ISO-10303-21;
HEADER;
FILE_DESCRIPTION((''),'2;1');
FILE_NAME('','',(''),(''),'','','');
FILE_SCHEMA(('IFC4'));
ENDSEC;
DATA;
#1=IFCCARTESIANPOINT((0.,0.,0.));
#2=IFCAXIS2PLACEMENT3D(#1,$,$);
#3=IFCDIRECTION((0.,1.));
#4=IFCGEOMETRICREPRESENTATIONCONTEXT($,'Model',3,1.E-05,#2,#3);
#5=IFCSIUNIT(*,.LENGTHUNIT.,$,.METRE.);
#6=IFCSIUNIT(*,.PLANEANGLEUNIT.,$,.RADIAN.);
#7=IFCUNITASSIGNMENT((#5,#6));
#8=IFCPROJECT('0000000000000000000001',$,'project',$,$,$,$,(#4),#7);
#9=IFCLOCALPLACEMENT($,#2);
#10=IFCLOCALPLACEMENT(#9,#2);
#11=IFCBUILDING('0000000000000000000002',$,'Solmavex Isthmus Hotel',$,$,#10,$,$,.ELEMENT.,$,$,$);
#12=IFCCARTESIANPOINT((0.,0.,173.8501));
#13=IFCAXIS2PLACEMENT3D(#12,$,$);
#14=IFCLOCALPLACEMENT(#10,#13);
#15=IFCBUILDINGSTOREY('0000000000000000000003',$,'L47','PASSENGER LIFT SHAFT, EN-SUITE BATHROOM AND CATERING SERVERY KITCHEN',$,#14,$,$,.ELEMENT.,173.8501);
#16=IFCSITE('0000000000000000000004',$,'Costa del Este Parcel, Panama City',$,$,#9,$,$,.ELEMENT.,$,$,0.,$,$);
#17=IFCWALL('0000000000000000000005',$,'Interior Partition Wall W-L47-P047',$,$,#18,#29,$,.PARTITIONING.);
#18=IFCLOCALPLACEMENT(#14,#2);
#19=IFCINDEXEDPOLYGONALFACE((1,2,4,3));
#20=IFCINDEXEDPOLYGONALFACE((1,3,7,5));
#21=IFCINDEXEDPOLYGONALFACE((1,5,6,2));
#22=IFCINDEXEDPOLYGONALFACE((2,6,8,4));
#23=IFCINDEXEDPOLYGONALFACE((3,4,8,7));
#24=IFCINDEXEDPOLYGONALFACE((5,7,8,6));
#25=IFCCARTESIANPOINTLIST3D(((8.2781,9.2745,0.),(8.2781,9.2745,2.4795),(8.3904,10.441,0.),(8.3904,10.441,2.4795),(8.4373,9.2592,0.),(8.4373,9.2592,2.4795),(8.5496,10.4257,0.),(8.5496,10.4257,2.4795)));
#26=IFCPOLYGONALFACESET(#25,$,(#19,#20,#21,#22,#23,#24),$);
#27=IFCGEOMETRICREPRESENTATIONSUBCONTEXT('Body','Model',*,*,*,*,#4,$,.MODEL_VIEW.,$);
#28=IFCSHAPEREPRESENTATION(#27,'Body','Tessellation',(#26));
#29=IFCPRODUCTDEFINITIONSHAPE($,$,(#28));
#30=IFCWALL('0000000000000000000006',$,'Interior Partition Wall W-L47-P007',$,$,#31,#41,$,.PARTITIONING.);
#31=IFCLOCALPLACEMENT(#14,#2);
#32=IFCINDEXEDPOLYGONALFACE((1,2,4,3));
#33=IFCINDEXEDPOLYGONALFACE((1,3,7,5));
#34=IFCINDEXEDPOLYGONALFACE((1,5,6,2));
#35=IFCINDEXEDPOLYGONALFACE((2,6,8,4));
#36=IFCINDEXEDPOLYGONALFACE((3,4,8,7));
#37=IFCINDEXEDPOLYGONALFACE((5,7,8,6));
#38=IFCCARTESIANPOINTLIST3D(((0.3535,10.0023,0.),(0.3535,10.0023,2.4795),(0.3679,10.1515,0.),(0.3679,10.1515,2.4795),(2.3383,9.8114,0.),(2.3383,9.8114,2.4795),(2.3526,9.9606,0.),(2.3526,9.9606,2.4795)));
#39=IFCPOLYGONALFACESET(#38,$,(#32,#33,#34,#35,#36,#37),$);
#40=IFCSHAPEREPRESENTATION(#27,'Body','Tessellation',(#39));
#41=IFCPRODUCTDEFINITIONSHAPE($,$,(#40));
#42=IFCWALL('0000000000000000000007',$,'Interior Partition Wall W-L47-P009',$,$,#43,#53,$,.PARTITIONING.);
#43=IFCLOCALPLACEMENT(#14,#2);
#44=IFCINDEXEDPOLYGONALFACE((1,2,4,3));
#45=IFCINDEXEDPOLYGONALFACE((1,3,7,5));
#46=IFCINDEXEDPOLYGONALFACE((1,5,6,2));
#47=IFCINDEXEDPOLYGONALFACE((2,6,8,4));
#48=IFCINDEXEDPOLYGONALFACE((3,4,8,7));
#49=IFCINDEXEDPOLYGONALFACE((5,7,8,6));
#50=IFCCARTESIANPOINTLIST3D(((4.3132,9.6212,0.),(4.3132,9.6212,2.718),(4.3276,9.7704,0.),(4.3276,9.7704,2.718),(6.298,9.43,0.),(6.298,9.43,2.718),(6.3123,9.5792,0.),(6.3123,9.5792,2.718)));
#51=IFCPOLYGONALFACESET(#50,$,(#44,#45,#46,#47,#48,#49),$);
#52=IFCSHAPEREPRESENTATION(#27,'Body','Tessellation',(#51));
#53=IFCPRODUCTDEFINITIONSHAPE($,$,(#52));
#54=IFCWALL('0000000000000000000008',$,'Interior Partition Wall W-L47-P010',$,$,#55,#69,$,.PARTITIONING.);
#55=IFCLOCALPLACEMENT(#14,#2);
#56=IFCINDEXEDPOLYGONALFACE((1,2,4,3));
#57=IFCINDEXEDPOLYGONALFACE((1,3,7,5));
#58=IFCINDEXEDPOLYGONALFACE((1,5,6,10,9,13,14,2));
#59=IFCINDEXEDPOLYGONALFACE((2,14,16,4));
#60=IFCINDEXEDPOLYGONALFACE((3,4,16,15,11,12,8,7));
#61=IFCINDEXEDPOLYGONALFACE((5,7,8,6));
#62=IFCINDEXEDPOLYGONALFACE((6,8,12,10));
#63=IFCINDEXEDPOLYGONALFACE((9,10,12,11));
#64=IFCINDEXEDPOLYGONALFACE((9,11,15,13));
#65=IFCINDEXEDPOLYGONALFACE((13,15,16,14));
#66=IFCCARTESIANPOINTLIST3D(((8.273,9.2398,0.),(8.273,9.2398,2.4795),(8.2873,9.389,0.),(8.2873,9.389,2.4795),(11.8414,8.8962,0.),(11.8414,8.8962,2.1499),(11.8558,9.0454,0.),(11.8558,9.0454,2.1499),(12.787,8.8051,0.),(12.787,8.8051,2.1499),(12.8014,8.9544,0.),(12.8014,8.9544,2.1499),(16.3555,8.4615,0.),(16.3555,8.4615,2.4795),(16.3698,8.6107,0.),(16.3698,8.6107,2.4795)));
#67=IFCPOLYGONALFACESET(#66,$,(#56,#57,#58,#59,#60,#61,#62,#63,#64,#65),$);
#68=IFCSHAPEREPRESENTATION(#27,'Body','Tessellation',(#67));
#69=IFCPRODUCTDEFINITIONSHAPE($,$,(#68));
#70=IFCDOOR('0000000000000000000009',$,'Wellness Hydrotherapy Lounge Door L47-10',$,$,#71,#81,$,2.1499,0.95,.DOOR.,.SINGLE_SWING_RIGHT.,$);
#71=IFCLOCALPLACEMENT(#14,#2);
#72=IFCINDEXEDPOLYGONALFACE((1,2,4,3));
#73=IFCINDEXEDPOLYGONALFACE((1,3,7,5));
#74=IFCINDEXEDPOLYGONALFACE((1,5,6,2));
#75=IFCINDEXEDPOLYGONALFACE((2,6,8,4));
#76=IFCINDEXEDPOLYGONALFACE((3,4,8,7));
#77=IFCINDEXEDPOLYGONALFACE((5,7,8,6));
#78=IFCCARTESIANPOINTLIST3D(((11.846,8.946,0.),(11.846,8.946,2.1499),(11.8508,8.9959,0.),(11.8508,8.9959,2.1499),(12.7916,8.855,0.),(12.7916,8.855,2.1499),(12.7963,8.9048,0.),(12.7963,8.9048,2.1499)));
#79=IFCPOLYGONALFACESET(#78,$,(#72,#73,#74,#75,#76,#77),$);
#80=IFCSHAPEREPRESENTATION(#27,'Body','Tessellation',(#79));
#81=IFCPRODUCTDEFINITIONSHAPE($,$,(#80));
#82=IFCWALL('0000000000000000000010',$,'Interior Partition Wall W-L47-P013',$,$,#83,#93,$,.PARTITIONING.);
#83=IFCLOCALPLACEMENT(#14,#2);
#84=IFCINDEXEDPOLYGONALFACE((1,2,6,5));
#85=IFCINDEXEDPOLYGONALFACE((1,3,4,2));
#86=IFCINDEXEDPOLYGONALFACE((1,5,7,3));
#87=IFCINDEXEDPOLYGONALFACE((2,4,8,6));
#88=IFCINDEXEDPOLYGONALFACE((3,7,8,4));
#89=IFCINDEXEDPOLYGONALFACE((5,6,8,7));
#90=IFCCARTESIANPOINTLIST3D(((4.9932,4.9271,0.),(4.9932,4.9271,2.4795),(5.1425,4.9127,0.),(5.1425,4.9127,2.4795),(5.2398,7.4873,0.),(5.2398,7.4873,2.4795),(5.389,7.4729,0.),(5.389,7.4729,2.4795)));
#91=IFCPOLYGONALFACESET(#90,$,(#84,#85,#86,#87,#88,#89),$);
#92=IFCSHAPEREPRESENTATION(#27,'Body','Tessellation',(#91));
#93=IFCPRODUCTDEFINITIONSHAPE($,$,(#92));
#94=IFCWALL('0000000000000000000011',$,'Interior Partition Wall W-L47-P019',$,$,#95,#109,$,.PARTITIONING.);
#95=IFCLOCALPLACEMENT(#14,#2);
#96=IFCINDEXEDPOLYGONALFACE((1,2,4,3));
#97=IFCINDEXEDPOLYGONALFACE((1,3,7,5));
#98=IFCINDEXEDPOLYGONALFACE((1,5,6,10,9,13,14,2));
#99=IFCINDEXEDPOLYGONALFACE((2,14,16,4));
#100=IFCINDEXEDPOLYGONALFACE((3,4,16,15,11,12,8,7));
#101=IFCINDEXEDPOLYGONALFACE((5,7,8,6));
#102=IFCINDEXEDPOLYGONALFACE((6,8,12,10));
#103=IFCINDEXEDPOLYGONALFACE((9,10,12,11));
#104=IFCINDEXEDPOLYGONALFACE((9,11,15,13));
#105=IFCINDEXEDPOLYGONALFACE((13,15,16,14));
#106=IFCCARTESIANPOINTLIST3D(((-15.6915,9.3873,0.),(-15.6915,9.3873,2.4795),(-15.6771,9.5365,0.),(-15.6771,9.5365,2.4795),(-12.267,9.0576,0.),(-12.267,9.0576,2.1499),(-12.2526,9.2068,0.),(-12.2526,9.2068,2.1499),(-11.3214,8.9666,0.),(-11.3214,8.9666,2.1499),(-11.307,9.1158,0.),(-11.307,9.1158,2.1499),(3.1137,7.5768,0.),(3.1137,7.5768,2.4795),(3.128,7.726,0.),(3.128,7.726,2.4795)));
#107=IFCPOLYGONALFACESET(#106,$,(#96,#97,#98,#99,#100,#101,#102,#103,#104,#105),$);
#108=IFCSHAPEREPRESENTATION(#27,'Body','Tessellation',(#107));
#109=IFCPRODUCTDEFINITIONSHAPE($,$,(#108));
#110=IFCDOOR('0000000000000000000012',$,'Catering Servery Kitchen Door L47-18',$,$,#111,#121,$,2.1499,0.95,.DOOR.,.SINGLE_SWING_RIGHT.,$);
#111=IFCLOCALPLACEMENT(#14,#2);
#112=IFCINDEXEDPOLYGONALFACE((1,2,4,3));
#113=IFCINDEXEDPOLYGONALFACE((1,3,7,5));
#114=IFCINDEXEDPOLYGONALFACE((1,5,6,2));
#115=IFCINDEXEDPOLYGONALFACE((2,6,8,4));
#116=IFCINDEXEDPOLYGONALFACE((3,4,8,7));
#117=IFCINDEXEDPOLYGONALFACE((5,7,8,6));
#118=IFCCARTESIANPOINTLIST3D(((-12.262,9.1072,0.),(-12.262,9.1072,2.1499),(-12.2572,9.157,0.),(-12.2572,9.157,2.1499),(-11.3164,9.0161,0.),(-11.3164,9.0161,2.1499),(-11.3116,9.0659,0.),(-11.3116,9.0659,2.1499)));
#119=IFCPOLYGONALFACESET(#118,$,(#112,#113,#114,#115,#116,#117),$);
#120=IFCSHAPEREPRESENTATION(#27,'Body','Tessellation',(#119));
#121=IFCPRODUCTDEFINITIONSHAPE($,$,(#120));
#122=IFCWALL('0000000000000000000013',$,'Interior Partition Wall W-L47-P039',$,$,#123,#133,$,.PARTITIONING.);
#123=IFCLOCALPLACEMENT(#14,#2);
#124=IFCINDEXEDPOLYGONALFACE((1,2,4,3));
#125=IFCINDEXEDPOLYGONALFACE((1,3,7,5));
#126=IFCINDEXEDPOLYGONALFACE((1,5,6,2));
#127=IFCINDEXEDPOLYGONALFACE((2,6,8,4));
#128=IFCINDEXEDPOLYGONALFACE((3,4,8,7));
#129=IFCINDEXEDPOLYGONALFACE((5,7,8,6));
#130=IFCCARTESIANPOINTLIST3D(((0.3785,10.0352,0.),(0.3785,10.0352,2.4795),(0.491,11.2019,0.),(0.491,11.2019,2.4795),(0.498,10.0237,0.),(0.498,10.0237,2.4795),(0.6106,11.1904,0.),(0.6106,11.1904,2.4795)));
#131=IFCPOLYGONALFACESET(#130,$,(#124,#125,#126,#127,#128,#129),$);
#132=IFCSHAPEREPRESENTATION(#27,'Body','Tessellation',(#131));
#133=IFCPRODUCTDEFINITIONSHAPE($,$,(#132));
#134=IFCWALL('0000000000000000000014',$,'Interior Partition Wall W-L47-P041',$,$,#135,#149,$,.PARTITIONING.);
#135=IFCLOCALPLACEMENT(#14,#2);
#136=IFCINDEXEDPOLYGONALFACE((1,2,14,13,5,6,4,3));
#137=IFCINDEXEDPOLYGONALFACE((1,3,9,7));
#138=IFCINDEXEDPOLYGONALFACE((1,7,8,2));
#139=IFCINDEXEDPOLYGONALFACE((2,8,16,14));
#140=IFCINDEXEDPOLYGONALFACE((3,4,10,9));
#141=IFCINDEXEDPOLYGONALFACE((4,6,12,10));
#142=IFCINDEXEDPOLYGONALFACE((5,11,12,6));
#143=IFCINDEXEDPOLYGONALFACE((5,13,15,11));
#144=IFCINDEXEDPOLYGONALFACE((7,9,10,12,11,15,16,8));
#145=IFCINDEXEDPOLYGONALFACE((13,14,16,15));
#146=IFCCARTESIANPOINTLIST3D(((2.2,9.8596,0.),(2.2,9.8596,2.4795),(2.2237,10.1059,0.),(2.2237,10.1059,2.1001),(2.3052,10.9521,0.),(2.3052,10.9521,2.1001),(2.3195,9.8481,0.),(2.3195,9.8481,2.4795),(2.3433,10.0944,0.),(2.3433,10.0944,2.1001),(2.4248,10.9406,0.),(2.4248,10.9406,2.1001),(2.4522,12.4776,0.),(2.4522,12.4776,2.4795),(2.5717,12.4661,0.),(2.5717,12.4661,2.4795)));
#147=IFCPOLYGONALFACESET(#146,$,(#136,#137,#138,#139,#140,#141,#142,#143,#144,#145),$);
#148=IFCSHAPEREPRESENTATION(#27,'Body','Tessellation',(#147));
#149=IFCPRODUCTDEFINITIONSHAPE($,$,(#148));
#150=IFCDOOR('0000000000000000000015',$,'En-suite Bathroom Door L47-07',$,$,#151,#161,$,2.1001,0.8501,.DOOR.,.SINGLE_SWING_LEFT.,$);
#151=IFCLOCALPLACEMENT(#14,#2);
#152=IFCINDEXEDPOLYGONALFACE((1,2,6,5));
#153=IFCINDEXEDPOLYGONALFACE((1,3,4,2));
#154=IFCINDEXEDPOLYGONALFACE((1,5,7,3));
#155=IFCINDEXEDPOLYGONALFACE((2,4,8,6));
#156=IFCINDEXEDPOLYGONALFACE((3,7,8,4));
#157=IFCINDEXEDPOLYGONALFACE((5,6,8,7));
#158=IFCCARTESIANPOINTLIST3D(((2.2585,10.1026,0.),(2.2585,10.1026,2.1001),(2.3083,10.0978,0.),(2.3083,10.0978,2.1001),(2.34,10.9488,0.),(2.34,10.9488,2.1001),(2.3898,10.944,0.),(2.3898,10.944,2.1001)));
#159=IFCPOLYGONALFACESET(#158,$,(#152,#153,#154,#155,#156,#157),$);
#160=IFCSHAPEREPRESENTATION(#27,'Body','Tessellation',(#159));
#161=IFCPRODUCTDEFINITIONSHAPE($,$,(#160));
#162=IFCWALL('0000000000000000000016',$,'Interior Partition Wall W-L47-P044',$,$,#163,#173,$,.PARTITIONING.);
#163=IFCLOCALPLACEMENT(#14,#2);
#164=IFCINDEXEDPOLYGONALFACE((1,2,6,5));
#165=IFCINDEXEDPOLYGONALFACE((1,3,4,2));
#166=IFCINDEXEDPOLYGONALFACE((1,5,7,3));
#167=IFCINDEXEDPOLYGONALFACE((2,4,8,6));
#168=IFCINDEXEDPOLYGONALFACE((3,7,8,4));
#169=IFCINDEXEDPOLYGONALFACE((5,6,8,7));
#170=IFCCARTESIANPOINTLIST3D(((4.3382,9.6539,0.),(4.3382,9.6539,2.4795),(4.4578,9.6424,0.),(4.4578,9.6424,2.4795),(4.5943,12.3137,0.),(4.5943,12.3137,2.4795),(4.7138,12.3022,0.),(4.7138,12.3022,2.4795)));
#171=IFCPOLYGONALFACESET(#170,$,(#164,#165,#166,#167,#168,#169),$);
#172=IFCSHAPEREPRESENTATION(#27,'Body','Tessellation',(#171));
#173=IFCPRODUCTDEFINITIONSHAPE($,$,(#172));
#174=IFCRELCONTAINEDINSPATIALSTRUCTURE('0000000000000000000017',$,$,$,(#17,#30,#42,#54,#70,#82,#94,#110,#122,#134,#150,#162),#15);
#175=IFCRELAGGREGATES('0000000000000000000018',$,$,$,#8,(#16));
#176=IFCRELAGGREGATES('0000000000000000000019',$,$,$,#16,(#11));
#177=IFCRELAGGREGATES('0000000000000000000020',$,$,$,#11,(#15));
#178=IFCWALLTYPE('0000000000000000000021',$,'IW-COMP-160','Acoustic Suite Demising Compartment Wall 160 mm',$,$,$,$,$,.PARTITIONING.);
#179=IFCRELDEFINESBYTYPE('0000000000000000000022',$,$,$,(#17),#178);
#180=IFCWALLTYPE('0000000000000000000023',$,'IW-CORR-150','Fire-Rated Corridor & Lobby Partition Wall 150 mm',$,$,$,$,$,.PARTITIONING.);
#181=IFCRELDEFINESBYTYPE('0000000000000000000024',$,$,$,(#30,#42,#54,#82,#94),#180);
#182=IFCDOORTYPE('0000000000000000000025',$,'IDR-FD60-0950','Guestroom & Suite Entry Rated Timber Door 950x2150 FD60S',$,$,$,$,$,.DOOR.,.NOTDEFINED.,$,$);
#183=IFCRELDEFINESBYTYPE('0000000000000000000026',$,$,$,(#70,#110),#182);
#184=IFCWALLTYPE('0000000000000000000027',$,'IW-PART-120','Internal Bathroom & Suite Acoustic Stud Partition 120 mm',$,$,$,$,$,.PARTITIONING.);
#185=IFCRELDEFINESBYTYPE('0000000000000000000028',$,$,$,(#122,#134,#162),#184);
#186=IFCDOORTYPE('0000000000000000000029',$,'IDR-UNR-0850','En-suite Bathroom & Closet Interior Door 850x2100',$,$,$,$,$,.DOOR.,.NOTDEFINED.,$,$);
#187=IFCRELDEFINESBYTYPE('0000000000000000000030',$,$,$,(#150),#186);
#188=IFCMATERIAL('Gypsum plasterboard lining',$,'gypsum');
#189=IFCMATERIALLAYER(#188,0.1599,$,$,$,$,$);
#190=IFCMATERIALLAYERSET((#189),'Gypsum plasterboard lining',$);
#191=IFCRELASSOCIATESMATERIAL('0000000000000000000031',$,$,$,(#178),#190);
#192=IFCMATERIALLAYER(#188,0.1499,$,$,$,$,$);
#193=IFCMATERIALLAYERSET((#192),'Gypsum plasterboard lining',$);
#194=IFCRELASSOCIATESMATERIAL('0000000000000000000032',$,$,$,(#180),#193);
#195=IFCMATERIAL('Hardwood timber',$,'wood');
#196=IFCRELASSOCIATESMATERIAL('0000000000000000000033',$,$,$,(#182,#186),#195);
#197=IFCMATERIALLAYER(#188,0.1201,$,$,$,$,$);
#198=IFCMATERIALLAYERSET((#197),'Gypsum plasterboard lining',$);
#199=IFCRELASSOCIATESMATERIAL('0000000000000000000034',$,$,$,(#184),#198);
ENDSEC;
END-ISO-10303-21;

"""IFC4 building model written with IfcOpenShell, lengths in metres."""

from ifc_helpers import new_model, si_unit, direction, frame, frame_2d, origin, place, context, subcontext, project, spatial, rectangle, extrude, material, layer, layer_set, type_object, element, fill, save


model = new_model("IFC4")

# Units and contexts
model_context = context("Model", 3, precision=1e-05, world=origin(), true_north=direction((0.0, 1.0)))
body_context = subcontext(model_context, "Body", "Model", "MODEL_VIEW")
ifc_project = project(units=[si_unit("LENGTHUNIT", "METRE"), si_unit("PLANEANGLEUNIT", "RADIAN")], contexts=[model_context])

# Site, building, storey
site_placement = place(None, origin())
site = spatial("IfcSite", under=ifc_project, at=site_placement, Name="Costa del Este Parcel, Panama City", CompositionType="ELEMENT", RefElevation=0.0)
building_placement = place(site_placement, origin())
building = spatial("IfcBuilding", under=site, at=building_placement, Name="Solmavex Isthmus Hotel", CompositionType="ELEMENT")
storey_placement = place(building_placement, frame((0.0, 0.0, 173.8501)))
storey = spatial("IfcBuildingStorey", under=building, at=storey_placement, Name="L47", Description="PASSENGER LIFT SHAFT, EN-SUITE BATHROOM AND CATERING SERVERY KITCHEN", CompositionType="ELEMENT", Elevation=173.8501)

# Wall
ifc_material_1 = material(Name="Gypsum plasterboard lining", Category="gypsum")
ifc_layer_1 = layer(ifc_material_1, 0.1599)
ifc_layer_set_1 = layer_set([ifc_layer_1], Name="Gypsum plasterboard lining")
wall_type_1 = type_object("IfcWallType", Name="IW-COMP-160", Description="Acoustic Suite Demising Compartment Wall 160 mm", PredefinedType="PARTITIONING", material=ifc_layer_set_1)
wall_1_placement = place(storey_placement, frame((8.47, 10.4333, 0.0), z_axis=(0.0, 0.0, 1.0), x_axis=(-0.095831, -0.995398, 0.0)))
element("IfcWall", 1, at=wall_1_placement, inside=storey, type_object=wall_type_1, Name="Interior Partition Wall W-L47-P047", PredefinedType="PARTITIONING", context=body_context, shape_type="SweptSolid", body=[
    extrude(rectangle(XDim=1.1719, YDim=0.1599, at=frame_2d((0.5859, 0.0))), origin(), (0.0, 0.0, 1.0), 2.4795),
])

# Shared definitions
ifc_layer_2 = layer(ifc_material_1, 0.1499)
ifc_layer_set_2 = layer_set([ifc_layer_2], Name="Gypsum plasterboard lining")
wall_type_2 = type_object("IfcWallType", Name="IW-CORR-150", Description="Fire-Rated Corridor & Lobby Partition Wall 150 mm", PredefinedType="PARTITIONING", material=ifc_layer_set_2)
ifc_material_2 = material(Name="Hardwood timber", Category="wood")
door_type_1 = type_object("IfcDoorType", Name="IDR-FD60-0950", Description="Guestroom & Suite Entry Rated Timber Door 950x2150 FD60S", OperationType="NOTDEFINED", PredefinedType="DOOR", material=ifc_material_2)

# Wall
wall_2_placement = place(storey_placement, frame((0.3606, 10.0769, 0.0), z_axis=(0.0, 0.0, 1.0), x_axis=(0.995405, -0.095757, 0.0)))
element("IfcWall", 2, at=wall_2_placement, inside=storey, type_object=wall_type_2, Name="Interior Partition Wall W-L47-P007", PredefinedType="PARTITIONING", context=body_context, shape_type="SweptSolid", body=[
    extrude(rectangle(XDim=1.9939, YDim=0.1499, at=frame_2d((0.9971, 0.0))), origin(), (0.0, 0.0, 1.0), 2.4795),
])

# Wall
wall_3_placement = place(storey_placement, frame((4.3203, 9.6958, 0.0), z_axis=(0.0, 0.0, 1.0), x_axis=(0.995393, -0.095878, 0.0)))
element("IfcWall", 3, at=wall_3_placement, inside=storey, type_object=wall_type_2, Name="Interior Partition Wall W-L47-P009", PredefinedType="PARTITIONING", context=body_context, shape_type="SweptSolid", body=[
    extrude(rectangle(XDim=1.9939, YDim=0.1499, at=frame_2d((0.9971, 0.0))), origin(), (0.0, 0.0, 1.0), 2.718),
])

# Wall, opening, door
wall_4_placement = place(storey_placement, frame((8.28, 9.3145, 0.0), z_axis=(0.0, 0.0, 1.0), x_axis=(0.995395, -0.095853, 0.0)))
wall_4 = element("IfcWall", 4, at=wall_4_placement, inside=storey, type_object=wall_type_2, Name="Interior Partition Wall W-L47-P010", PredefinedType="PARTITIONING", context=body_context, shape_type="SweptSolid", body=[
    extrude(rectangle(XDim=8.1199, YDim=0.1499, at=frame_2d((4.0601, 0.0))), origin(), (0.0, 0.0, 1.0), 2.4795),
])
opening_1_placement = place(wall_4_placement, frame((3.585, 0.0, 0.0)))
opening_1 = element("IfcOpeningElement", 5, at=opening_1_placement, cuts=wall_4, PredefinedType="OPENING", context=body_context, shape_type="SweptSolid", body=[
    extrude(rectangle(XDim=0.95, YDim=2.1499, at=frame_2d((0.4751, 1.075))), frame((0.0, 0.085, 0.0), z_axis=(0.0, -1.0, 0.0), x_axis=(1.0, 0.0, 0.0)), (0.0, 0.0, 1.0), 0.1699),
])
door_1_placement = place(opening_1_placement, frame((0.95, 0.0, 0.0), z_axis=(0.0, 0.0, 1.0), x_axis=(-1.0, 0.0, 0.0)))
door_1 = element("IfcDoor", 6, at=door_1_placement, inside=storey, type_object=door_type_1, Name="Wellness Hydrotherapy Lounge Door L47-10", OperationType="SINGLE_SWING_RIGHT", OverallHeight=2.1499, OverallWidth=0.95, PredefinedType="DOOR", context=body_context, shape_type="SweptSolid", body=[
    extrude(rectangle(XDim=0.95, YDim=2.1499, at=frame_2d((0.4751, 1.075))), frame((0.0, 0.0249, 0.0), z_axis=(0.0, -1.0, 0.0), x_axis=(1.0, 0.0, 0.0)), (0.0, 0.0, 1.0), 0.05),
])
fill(opening_1, door_1)

# Wall
wall_5_placement = place(storey_placement, frame((5.3145, 7.4802, 0.0), z_axis=(0.0, 0.0, 1.0), x_axis=(-0.095875, -0.995393, 0.0)))
element("IfcWall", 7, at=wall_5_placement, inside=storey, type_object=wall_type_2, Name="Interior Partition Wall W-L47-P013", PredefinedType="PARTITIONING", context=body_context, shape_type="SweptSolid", body=[
    extrude(rectangle(XDim=2.572, YDim=0.1499, at=frame_2d((1.2861, 0.0))), origin(), (0.0, 0.0, 1.0), 2.4795),
])

# Wall, opening, door
wall_6_placement = place(storey_placement, frame((3.1208, 7.6514, 0.0), z_axis=(0.0, 0.0, 1.0), x_axis=(-0.995397, 0.095836, 0.0)))
wall_6 = element("IfcWall", 8, at=wall_6_placement, inside=storey, type_object=wall_type_2, Name="Interior Partition Wall W-L47-P019", PredefinedType="PARTITIONING", context=body_context, shape_type="SweptSolid", body=[
    extrude(rectangle(XDim=18.8921, YDim=0.1499, at=frame_2d((9.446, 0.0))), origin(), (0.0, 0.0, 1.0), 2.4795),
])
opening_2_placement = place(wall_6_placement, frame((14.5017, 0.0, 0.0)))
opening_2 = element("IfcOpeningElement", 9, at=opening_2_placement, cuts=wall_6, PredefinedType="OPENING", context=body_context, shape_type="SweptSolid", body=[
    extrude(rectangle(XDim=0.95, YDim=2.1499, at=frame_2d((0.4751, 1.075))), frame((0.0, 0.085, 0.0), z_axis=(0.0, -1.0, 0.0), x_axis=(1.0, 0.0, 0.0)), (0.0, 0.0, 1.0), 0.1699),
])
door_2_placement = place(opening_2_placement, frame((0.95, 0.0, 0.0), z_axis=(0.0, 0.0, 1.0), x_axis=(-1.0, 0.0, 0.0)))
door_2 = element("IfcDoor", 10, at=door_2_placement, inside=storey, type_object=door_type_1, Name="Catering Servery Kitchen Door L47-18", OperationType="SINGLE_SWING_RIGHT", OverallHeight=2.1499, OverallWidth=0.95, PredefinedType="DOOR", context=body_context, shape_type="SweptSolid", body=[
    extrude(rectangle(XDim=0.95, YDim=2.1499, at=frame_2d((0.4751, 1.075))), frame((0.0, 0.0249, 0.0), z_axis=(0.0, -1.0, 0.0), x_axis=(1.0, 0.0, 0.0)), (0.0, 0.0, 1.0), 0.05),
])
fill(opening_2, door_2)

# Wall
ifc_layer_3 = layer(ifc_material_1, 0.1201)
ifc_layer_set_3 = layer_set([ifc_layer_3], Name="Gypsum plasterboard lining")
wall_type_3 = type_object("IfcWallType", Name="IW-PART-120", Description="Internal Bathroom & Suite Acoustic Stud Partition 120 mm", PredefinedType="PARTITIONING", material=ifc_layer_set_3)
wall_7_placement = place(storey_placement, frame((0.5508, 11.196, 0.0), z_axis=(0.0, 0.0, 1.0), x_axis=(-0.096018, -0.99538, 0.0)))
element("IfcWall", 11, at=wall_7_placement, inside=storey, type_object=wall_type_3, Name="Interior Partition Wall W-L47-P039", PredefinedType="PARTITIONING", context=body_context, shape_type="SweptSolid", body=[
    extrude(rectangle(XDim=1.1721, YDim=0.1201, at=frame_2d((0.5859, 0.0))), origin(), (0.0, 0.0, 1.0), 2.4795),
])

# Wall, opening, door
wall_8_placement = place(storey_placement, frame((2.2598, 9.854, 0.0), z_axis=(0.0, 0.0, 1.0), x_axis=(0.095891, 0.995392, 0.0)))
wall_8 = element("IfcWall", 12, at=wall_8_placement, inside=storey, type_object=wall_type_3, Name="Interior Partition Wall W-L47-P041", PredefinedType="PARTITIONING", context=body_context, shape_type="SweptSolid", body=[
    extrude(rectangle(XDim=2.6301, YDim=0.1201, at=frame_2d((1.3149, 0.0))), origin(), (0.0, 0.0, 1.0), 2.4795),
])
opening_3_placement = place(wall_8_placement, frame((0.2473, 0.0, 0.0)))
opening_3 = element("IfcOpeningElement", 13, at=opening_3_placement, cuts=wall_8, PredefinedType="OPENING", context=body_context, shape_type="SweptSolid", body=[
    extrude(rectangle(XDim=0.8501, YDim=2.1001, at=frame_2d((0.425, 1.05))), frame((0.0, 0.0701, 0.0), z_axis=(0.0, -1.0, 0.0), x_axis=(1.0, 0.0, 0.0)), (0.0, 0.0, 1.0), 0.1401),
])
door_type_2 = type_object("IfcDoorType", Name="IDR-UNR-0850", Description="En-suite Bathroom & Closet Interior Door 850x2100", OperationType="NOTDEFINED", PredefinedType="DOOR", material=ifc_material_2)
door_3_placement = place(opening_3_placement, frame((0.8501, 0.0, 0.0), z_axis=(0.0, 0.0, 1.0), x_axis=(-1.0, 0.0, 0.0)))
door_3 = element("IfcDoor", 14, at=door_3_placement, inside=storey, type_object=door_type_2, Name="En-suite Bathroom Door L47-07", OperationType="SINGLE_SWING_LEFT", OverallHeight=2.1001, OverallWidth=0.8501, PredefinedType="DOOR", context=body_context, shape_type="SweptSolid", body=[
    extrude(rectangle(XDim=0.8501, YDim=2.1001, at=frame_2d((0.425, 1.05))), frame((0.0, 0.0249, 0.0), z_axis=(0.0, -1.0, 0.0), x_axis=(1.0, 0.0, 0.0)), (0.0, 0.0, 1.0), 0.05),
])
fill(opening_3, door_3)

# Wall
wall_9_placement = place(storey_placement, frame((4.6541, 12.3079, 0.0), z_axis=(0.0, 0.0, 1.0), x_axis=(-0.095839, -0.995397, 0.0)))
element("IfcWall", 15, at=wall_9_placement, inside=storey, type_object=wall_type_3, Name="Interior Partition Wall W-L47-P044", PredefinedType="PARTITIONING", context=body_context, shape_type="SweptSolid", body=[
    extrude(rectangle(XDim=2.6721, YDim=0.1201, at=frame_2d((1.3359, 0.0))), origin(), (0.0, 0.0, 1.0), 2.4795),
])

save(model, "model.ifc")
